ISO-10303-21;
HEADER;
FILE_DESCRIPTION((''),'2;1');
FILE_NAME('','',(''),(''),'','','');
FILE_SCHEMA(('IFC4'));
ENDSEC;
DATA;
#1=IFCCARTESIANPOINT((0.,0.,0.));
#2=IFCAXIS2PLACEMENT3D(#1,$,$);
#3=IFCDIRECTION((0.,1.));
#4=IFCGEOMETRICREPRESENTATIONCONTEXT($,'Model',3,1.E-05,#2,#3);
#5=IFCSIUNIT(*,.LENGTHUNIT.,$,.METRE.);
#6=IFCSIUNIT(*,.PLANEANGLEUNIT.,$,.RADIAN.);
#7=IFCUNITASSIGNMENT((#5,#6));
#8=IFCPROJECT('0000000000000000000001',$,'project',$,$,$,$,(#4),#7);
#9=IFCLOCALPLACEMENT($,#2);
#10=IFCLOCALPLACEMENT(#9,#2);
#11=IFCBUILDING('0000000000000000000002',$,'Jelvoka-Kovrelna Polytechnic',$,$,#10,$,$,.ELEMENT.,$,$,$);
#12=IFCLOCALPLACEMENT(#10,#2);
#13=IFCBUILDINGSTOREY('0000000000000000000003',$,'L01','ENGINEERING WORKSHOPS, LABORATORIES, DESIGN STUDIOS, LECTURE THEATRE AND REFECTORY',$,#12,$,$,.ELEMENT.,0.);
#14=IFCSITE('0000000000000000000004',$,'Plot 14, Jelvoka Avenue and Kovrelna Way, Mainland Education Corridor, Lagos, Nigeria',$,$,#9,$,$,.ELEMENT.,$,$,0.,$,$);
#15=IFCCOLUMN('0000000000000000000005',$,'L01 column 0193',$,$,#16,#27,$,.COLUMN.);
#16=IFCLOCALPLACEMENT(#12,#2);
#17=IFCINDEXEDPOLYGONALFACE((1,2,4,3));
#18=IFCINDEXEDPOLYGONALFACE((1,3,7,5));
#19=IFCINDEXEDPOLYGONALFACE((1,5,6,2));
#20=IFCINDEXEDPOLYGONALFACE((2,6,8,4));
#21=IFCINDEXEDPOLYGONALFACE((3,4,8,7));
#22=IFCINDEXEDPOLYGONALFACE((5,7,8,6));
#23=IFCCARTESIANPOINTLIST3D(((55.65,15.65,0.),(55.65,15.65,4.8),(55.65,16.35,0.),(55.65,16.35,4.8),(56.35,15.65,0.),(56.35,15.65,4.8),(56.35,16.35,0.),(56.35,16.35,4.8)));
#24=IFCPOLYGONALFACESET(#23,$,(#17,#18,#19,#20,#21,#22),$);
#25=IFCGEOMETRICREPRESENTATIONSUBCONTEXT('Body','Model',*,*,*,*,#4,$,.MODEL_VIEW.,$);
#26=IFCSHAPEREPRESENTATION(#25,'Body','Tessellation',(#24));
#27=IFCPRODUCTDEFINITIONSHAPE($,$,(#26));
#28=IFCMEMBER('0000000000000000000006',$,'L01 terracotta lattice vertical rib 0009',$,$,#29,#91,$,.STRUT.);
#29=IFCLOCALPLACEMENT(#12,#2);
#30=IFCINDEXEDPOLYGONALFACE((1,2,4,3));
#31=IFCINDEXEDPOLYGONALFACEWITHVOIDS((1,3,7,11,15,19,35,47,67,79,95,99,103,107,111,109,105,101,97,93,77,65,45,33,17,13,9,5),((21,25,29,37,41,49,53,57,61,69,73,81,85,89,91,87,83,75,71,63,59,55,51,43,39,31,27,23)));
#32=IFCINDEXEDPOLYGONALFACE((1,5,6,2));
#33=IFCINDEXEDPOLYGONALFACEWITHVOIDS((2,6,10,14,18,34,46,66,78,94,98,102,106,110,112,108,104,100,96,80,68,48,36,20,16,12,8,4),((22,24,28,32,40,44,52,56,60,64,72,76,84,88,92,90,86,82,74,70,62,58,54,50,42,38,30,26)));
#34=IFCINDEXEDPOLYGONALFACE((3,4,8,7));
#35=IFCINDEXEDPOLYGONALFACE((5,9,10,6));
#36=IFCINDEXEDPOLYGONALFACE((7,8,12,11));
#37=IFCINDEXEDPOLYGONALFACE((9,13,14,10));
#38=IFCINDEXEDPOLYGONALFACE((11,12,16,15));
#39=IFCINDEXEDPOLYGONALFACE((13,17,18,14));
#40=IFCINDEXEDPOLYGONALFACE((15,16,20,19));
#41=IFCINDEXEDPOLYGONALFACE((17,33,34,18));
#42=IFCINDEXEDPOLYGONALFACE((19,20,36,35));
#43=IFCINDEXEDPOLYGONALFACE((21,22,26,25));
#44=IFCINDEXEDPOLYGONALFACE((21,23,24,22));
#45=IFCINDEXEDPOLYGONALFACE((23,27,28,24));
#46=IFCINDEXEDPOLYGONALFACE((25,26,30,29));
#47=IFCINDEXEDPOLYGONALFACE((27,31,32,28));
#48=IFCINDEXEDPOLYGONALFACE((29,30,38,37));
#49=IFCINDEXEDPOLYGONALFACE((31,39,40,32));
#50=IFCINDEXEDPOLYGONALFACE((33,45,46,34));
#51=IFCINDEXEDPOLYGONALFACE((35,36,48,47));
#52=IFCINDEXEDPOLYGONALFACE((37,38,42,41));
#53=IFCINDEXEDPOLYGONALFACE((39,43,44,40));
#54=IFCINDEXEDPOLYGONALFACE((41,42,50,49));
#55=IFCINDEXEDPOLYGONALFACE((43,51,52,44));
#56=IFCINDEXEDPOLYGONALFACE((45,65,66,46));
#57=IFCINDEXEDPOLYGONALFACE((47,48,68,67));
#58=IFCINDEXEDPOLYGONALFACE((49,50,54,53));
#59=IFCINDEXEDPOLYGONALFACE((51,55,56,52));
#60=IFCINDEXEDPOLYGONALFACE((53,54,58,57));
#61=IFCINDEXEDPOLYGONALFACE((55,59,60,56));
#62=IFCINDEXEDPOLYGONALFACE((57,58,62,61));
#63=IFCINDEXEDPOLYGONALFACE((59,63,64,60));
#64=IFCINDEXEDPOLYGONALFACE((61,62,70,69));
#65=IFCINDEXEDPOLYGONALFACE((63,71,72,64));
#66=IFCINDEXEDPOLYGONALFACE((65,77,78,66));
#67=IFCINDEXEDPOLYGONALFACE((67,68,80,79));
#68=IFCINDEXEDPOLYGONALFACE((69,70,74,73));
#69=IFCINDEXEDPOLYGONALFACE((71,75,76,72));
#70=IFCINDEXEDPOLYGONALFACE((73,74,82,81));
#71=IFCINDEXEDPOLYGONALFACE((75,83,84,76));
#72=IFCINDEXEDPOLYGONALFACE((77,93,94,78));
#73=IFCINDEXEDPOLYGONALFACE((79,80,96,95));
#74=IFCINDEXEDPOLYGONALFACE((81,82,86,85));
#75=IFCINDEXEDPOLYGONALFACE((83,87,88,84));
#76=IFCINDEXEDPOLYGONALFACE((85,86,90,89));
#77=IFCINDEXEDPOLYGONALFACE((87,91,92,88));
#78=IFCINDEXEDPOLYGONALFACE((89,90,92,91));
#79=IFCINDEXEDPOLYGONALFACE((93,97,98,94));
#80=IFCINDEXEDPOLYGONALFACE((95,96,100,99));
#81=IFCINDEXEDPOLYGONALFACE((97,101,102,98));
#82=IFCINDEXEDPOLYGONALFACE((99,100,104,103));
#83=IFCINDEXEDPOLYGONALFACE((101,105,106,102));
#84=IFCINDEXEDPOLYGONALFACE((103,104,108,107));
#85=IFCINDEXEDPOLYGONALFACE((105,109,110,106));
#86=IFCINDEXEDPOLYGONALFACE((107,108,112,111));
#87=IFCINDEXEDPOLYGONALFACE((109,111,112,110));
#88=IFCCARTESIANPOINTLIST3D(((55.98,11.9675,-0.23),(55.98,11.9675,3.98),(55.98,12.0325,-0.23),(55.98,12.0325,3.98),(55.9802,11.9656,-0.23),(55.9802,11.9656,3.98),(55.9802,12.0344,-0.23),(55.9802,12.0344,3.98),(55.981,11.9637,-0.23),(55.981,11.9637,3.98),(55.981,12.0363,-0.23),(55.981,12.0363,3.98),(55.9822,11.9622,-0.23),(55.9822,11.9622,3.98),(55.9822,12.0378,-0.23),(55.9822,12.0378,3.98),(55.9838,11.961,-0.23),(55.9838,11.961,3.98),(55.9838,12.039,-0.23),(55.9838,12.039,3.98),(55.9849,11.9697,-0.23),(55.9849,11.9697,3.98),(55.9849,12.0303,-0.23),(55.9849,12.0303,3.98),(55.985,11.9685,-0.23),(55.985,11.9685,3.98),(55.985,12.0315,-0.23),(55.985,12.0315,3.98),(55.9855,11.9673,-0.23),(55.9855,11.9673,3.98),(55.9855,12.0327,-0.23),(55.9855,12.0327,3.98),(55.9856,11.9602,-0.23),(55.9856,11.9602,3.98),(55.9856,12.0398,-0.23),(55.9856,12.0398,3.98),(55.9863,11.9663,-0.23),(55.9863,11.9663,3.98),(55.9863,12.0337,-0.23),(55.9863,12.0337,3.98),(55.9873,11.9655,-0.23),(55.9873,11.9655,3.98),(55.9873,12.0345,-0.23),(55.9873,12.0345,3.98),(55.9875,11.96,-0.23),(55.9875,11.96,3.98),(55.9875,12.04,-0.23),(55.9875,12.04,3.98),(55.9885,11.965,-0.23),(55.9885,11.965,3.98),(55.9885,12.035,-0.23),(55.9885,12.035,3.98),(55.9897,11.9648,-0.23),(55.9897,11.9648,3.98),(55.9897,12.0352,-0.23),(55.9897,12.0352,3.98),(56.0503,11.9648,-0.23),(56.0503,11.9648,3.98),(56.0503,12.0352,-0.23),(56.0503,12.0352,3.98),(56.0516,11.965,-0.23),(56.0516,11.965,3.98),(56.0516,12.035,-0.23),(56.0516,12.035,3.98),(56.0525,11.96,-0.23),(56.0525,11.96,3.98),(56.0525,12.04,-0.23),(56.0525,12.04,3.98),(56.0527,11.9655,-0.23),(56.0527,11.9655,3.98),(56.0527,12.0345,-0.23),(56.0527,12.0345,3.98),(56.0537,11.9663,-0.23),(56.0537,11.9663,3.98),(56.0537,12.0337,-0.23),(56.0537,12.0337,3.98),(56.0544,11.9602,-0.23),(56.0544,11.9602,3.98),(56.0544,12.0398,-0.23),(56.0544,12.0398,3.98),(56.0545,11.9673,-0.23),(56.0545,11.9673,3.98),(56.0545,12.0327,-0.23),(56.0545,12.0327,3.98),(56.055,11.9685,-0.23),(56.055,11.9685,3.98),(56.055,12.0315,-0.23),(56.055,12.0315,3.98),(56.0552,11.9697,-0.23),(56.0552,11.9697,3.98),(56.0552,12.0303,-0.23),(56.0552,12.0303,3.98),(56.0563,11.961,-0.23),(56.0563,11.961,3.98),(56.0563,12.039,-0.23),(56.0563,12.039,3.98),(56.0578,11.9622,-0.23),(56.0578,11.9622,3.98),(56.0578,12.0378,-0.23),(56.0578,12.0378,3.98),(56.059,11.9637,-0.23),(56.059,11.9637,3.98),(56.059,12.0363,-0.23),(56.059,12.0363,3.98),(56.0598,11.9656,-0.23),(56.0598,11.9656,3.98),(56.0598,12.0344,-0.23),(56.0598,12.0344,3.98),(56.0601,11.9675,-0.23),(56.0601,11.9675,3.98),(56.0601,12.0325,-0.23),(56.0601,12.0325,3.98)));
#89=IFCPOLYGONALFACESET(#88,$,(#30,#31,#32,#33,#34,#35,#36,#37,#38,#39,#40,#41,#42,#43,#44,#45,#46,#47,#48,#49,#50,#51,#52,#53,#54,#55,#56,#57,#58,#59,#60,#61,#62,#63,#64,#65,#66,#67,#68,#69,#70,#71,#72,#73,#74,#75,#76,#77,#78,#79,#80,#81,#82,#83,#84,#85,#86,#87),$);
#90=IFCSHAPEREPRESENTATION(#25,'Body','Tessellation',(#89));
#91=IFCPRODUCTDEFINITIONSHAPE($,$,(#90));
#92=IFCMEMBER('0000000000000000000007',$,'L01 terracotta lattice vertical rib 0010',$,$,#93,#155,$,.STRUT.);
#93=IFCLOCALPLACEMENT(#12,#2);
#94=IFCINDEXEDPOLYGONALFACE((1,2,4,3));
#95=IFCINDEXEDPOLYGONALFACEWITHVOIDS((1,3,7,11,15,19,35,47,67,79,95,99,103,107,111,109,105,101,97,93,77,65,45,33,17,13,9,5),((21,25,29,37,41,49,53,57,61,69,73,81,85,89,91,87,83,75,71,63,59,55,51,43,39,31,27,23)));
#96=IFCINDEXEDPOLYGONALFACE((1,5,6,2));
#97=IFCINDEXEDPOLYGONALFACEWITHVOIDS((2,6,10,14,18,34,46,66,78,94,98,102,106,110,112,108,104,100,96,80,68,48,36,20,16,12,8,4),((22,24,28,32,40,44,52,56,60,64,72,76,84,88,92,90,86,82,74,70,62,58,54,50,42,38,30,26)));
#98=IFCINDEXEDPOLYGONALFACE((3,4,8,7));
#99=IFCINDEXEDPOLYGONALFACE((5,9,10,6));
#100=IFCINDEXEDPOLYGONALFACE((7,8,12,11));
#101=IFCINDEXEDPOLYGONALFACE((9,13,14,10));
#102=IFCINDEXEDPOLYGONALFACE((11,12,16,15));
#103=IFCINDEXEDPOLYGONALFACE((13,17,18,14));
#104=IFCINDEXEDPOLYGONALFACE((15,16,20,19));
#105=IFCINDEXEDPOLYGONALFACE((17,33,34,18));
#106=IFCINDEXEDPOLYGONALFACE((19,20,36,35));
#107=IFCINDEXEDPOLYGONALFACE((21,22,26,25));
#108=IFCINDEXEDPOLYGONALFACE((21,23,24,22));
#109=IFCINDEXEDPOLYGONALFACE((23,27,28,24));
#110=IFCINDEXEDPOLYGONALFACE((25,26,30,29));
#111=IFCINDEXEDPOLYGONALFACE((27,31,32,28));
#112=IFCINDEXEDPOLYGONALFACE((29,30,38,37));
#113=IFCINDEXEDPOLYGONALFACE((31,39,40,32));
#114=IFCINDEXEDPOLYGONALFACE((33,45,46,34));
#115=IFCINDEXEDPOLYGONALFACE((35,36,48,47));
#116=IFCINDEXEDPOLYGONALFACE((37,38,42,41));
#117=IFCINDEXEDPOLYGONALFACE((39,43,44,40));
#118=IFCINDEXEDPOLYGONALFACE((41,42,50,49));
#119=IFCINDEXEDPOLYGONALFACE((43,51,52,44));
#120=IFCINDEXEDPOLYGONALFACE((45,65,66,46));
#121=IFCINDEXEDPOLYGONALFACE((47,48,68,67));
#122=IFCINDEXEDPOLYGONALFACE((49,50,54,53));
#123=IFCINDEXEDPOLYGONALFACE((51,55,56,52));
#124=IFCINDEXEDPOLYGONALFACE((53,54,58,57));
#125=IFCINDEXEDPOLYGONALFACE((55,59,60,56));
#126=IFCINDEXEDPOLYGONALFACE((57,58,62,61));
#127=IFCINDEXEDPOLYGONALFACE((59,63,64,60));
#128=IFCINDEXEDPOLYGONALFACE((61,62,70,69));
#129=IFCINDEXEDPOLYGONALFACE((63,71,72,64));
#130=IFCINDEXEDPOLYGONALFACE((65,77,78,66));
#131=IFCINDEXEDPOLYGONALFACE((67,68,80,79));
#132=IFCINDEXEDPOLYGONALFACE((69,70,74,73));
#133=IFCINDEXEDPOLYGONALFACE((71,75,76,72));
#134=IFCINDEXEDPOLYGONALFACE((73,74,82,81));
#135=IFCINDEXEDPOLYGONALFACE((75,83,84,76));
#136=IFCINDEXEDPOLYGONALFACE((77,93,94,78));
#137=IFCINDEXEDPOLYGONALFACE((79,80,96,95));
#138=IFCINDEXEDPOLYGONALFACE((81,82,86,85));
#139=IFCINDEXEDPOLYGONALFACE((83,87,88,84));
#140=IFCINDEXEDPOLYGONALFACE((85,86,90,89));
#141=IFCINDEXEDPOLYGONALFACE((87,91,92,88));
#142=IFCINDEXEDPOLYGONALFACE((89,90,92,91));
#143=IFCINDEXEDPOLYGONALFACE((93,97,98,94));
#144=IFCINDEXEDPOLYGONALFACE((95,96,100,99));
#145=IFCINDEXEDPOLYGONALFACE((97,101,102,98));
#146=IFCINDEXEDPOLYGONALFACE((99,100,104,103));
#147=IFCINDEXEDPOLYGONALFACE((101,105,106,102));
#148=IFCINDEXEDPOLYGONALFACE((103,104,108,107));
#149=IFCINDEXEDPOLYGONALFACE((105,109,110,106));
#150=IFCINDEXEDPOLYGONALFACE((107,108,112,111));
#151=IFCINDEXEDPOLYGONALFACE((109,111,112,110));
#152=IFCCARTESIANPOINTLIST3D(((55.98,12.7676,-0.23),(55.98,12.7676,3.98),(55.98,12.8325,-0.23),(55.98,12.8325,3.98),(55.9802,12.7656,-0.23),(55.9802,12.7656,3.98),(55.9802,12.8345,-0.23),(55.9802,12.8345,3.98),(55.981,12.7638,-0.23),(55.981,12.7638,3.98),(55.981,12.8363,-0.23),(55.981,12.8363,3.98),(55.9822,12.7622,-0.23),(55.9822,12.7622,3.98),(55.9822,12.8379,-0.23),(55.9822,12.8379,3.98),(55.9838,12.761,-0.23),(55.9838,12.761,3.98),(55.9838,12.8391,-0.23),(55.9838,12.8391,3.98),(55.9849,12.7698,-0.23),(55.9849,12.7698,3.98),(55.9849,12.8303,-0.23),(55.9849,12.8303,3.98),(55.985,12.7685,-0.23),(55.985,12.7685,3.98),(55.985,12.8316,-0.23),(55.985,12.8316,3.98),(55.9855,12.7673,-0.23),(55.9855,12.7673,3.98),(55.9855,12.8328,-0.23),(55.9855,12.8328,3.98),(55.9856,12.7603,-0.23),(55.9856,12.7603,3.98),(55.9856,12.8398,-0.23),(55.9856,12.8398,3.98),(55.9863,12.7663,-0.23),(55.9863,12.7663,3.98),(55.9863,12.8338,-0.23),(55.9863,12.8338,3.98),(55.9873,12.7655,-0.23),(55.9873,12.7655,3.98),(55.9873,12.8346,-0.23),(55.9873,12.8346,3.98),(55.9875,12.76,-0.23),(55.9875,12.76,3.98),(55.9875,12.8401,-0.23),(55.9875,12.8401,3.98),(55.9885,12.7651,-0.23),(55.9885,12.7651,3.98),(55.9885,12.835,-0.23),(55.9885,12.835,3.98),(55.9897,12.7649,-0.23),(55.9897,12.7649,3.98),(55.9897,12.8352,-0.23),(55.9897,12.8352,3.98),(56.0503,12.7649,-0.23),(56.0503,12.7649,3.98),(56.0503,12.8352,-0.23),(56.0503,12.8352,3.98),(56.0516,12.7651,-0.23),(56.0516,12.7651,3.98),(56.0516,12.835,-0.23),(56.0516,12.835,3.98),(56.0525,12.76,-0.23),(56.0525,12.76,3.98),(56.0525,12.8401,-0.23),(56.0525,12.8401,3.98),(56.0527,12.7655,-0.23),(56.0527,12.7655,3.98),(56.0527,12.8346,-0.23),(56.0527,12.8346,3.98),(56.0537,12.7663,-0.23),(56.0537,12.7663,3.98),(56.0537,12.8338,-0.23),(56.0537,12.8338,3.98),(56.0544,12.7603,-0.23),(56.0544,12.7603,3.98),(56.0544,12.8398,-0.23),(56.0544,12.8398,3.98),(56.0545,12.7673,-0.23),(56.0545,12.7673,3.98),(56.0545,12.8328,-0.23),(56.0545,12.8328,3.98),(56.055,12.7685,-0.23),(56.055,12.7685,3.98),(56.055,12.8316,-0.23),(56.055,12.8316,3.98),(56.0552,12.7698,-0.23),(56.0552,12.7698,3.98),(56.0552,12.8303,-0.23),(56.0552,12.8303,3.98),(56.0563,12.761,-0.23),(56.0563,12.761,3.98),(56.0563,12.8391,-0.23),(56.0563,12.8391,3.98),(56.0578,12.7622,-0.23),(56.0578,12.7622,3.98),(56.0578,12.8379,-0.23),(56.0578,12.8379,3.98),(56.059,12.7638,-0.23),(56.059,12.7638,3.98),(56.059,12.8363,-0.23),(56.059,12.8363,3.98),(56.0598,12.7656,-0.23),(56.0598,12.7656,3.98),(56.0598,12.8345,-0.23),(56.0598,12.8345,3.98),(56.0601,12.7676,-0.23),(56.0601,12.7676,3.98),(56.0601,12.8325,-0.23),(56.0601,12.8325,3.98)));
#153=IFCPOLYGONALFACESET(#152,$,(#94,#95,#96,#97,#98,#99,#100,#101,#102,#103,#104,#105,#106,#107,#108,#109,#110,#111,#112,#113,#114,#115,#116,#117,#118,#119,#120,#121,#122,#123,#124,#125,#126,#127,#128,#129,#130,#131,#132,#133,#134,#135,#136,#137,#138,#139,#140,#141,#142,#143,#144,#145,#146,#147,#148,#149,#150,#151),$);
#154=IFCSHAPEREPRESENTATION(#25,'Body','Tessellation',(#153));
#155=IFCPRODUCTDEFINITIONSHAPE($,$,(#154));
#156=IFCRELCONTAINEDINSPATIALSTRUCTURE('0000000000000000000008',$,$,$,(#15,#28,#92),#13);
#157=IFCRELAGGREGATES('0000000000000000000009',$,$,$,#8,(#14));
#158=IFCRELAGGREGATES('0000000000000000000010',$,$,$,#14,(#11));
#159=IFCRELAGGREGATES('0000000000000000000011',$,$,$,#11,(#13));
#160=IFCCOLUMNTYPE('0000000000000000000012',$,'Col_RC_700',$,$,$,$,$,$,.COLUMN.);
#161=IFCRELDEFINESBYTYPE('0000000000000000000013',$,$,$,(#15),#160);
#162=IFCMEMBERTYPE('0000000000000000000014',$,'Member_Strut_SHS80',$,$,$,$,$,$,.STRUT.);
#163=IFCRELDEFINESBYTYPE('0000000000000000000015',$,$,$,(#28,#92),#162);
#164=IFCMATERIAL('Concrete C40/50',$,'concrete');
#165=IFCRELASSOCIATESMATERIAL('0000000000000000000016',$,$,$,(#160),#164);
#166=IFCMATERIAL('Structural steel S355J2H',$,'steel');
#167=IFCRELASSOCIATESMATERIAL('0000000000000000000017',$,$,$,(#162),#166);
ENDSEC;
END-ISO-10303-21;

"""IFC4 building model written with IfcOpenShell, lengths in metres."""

from ifc_helpers import new_model, si_unit, direction, frame, origin, origin_2d, place, context, subcontext, project, spatial, rectangle, hollow_rectangle, extrude, material, material_profile, profile_set, type_object, element, save


model = new_model("IFC4")

# Units and contexts
model_context = context("Model", 3, precision=1e-05, world=origin(), true_north=direction((0.0, 1.0)))
body_context = subcontext(model_context, "Body", "Model", "MODEL_VIEW")
ifc_project = project(units=[si_unit("LENGTHUNIT", "METRE"), si_unit("PLANEANGLEUNIT", "RADIAN")], contexts=[model_context])

# Site, building, storey
site_placement = place(None, origin())
site = spatial("IfcSite", under=ifc_project, at=site_placement, Name="Plot 14, Jelvoka Avenue and Kovrelna Way, Mainland Education Corridor, Lagos, Nigeria", CompositionType="ELEMENT", RefElevation=0.0)
building_placement = place(site_placement, origin())
building = spatial("IfcBuilding", under=site, at=building_placement, Name="Jelvoka-Kovrelna Polytechnic", CompositionType="ELEMENT")
storey_placement = place(building_placement, origin())
storey = spatial("IfcBuildingStorey", under=building, at=storey_placement, Name="L01", Description="ENGINEERING WORKSHOPS, LABORATORIES, DESIGN STUDIOS, LECTURE THEATRE AND REFECTORY", CompositionType="ELEMENT", Elevation=0.0)

# Column
ifc_material_1 = material(Name="Concrete C40/50", Category="concrete")
ifc_material_profile_1 = material_profile(ifc_material_1, rectangle(XDim=0.7, YDim=0.7, at=origin_2d()), Name="RC 700x700")
ifc_profile_set_1 = profile_set([ifc_material_profile_1], Name="Concrete C40/50")
column_type = type_object("IfcColumnType", Name="Col_RC_700", PredefinedType="COLUMN", material=ifc_profile_set_1)
column_placement = place(storey_placement, frame((56.0, 16.0, 0.0), z_axis=(0.0, 0.0, 1.0), x_axis=(1.0, 0.0, 0.0)))
element("IfcColumn", 1, at=column_placement, inside=storey, type_object=column_type, Name="L01 column 0193", PredefinedType="COLUMN", context=body_context, shape_type="SweptSolid", body=[
    extrude(rectangle(XDim=0.7, YDim=0.7, at=origin_2d()), origin(), (0.0, 0.0, 1.0), 4.8),
])

# Members
ifc_material_2 = material(Name="Structural steel S355J2H", Category="steel")
ifc_material_profile_2 = material_profile(ifc_material_2, hollow_rectangle(XDim=0.0801, YDim=0.0801, WallThickness=0.0049, InnerFilletRadius=0.0049, OuterFilletRadius=0.0076, at=origin_2d()), Name="80x80x5.0 SHS")
ifc_profile_set_2 = profile_set([ifc_material_profile_2], Name="Structural steel S355J2H")
member_type = type_object("IfcMemberType", Name="Member_Strut_SHS80", PredefinedType="STRUT", material=ifc_profile_set_2)
for number, where, z_axis, x_axis, name in (
    (2, (56.02, 12.0, -0.23), (0.0, 0.0, 1.0), (1.0, 0.0, 0.0), "L01 terracotta lattice vertical rib 0009"),
    (3, (56.02, 12.8, -0.23), (0.0, 0.0, 1.0), (1.0, 0.0, 0.0), "L01 terracotta lattice vertical rib 0010"),
):
    element("IfcMember", number, at=place(storey_placement, frame(where, z_axis=z_axis, x_axis=x_axis)), inside=storey, type_object=member_type, Name=name, PredefinedType="STRUT", context=body_context, shape_type="SweptSolid", body=[
        extrude(hollow_rectangle(XDim=0.0801, YDim=0.0801, WallThickness=0.0049, InnerFilletRadius=0.0049, OuterFilletRadius=0.0076, at=origin_2d()), origin(), (0.0, 0.0, 1.0), 4.21),
    ])

save(model, "model.ifc")
